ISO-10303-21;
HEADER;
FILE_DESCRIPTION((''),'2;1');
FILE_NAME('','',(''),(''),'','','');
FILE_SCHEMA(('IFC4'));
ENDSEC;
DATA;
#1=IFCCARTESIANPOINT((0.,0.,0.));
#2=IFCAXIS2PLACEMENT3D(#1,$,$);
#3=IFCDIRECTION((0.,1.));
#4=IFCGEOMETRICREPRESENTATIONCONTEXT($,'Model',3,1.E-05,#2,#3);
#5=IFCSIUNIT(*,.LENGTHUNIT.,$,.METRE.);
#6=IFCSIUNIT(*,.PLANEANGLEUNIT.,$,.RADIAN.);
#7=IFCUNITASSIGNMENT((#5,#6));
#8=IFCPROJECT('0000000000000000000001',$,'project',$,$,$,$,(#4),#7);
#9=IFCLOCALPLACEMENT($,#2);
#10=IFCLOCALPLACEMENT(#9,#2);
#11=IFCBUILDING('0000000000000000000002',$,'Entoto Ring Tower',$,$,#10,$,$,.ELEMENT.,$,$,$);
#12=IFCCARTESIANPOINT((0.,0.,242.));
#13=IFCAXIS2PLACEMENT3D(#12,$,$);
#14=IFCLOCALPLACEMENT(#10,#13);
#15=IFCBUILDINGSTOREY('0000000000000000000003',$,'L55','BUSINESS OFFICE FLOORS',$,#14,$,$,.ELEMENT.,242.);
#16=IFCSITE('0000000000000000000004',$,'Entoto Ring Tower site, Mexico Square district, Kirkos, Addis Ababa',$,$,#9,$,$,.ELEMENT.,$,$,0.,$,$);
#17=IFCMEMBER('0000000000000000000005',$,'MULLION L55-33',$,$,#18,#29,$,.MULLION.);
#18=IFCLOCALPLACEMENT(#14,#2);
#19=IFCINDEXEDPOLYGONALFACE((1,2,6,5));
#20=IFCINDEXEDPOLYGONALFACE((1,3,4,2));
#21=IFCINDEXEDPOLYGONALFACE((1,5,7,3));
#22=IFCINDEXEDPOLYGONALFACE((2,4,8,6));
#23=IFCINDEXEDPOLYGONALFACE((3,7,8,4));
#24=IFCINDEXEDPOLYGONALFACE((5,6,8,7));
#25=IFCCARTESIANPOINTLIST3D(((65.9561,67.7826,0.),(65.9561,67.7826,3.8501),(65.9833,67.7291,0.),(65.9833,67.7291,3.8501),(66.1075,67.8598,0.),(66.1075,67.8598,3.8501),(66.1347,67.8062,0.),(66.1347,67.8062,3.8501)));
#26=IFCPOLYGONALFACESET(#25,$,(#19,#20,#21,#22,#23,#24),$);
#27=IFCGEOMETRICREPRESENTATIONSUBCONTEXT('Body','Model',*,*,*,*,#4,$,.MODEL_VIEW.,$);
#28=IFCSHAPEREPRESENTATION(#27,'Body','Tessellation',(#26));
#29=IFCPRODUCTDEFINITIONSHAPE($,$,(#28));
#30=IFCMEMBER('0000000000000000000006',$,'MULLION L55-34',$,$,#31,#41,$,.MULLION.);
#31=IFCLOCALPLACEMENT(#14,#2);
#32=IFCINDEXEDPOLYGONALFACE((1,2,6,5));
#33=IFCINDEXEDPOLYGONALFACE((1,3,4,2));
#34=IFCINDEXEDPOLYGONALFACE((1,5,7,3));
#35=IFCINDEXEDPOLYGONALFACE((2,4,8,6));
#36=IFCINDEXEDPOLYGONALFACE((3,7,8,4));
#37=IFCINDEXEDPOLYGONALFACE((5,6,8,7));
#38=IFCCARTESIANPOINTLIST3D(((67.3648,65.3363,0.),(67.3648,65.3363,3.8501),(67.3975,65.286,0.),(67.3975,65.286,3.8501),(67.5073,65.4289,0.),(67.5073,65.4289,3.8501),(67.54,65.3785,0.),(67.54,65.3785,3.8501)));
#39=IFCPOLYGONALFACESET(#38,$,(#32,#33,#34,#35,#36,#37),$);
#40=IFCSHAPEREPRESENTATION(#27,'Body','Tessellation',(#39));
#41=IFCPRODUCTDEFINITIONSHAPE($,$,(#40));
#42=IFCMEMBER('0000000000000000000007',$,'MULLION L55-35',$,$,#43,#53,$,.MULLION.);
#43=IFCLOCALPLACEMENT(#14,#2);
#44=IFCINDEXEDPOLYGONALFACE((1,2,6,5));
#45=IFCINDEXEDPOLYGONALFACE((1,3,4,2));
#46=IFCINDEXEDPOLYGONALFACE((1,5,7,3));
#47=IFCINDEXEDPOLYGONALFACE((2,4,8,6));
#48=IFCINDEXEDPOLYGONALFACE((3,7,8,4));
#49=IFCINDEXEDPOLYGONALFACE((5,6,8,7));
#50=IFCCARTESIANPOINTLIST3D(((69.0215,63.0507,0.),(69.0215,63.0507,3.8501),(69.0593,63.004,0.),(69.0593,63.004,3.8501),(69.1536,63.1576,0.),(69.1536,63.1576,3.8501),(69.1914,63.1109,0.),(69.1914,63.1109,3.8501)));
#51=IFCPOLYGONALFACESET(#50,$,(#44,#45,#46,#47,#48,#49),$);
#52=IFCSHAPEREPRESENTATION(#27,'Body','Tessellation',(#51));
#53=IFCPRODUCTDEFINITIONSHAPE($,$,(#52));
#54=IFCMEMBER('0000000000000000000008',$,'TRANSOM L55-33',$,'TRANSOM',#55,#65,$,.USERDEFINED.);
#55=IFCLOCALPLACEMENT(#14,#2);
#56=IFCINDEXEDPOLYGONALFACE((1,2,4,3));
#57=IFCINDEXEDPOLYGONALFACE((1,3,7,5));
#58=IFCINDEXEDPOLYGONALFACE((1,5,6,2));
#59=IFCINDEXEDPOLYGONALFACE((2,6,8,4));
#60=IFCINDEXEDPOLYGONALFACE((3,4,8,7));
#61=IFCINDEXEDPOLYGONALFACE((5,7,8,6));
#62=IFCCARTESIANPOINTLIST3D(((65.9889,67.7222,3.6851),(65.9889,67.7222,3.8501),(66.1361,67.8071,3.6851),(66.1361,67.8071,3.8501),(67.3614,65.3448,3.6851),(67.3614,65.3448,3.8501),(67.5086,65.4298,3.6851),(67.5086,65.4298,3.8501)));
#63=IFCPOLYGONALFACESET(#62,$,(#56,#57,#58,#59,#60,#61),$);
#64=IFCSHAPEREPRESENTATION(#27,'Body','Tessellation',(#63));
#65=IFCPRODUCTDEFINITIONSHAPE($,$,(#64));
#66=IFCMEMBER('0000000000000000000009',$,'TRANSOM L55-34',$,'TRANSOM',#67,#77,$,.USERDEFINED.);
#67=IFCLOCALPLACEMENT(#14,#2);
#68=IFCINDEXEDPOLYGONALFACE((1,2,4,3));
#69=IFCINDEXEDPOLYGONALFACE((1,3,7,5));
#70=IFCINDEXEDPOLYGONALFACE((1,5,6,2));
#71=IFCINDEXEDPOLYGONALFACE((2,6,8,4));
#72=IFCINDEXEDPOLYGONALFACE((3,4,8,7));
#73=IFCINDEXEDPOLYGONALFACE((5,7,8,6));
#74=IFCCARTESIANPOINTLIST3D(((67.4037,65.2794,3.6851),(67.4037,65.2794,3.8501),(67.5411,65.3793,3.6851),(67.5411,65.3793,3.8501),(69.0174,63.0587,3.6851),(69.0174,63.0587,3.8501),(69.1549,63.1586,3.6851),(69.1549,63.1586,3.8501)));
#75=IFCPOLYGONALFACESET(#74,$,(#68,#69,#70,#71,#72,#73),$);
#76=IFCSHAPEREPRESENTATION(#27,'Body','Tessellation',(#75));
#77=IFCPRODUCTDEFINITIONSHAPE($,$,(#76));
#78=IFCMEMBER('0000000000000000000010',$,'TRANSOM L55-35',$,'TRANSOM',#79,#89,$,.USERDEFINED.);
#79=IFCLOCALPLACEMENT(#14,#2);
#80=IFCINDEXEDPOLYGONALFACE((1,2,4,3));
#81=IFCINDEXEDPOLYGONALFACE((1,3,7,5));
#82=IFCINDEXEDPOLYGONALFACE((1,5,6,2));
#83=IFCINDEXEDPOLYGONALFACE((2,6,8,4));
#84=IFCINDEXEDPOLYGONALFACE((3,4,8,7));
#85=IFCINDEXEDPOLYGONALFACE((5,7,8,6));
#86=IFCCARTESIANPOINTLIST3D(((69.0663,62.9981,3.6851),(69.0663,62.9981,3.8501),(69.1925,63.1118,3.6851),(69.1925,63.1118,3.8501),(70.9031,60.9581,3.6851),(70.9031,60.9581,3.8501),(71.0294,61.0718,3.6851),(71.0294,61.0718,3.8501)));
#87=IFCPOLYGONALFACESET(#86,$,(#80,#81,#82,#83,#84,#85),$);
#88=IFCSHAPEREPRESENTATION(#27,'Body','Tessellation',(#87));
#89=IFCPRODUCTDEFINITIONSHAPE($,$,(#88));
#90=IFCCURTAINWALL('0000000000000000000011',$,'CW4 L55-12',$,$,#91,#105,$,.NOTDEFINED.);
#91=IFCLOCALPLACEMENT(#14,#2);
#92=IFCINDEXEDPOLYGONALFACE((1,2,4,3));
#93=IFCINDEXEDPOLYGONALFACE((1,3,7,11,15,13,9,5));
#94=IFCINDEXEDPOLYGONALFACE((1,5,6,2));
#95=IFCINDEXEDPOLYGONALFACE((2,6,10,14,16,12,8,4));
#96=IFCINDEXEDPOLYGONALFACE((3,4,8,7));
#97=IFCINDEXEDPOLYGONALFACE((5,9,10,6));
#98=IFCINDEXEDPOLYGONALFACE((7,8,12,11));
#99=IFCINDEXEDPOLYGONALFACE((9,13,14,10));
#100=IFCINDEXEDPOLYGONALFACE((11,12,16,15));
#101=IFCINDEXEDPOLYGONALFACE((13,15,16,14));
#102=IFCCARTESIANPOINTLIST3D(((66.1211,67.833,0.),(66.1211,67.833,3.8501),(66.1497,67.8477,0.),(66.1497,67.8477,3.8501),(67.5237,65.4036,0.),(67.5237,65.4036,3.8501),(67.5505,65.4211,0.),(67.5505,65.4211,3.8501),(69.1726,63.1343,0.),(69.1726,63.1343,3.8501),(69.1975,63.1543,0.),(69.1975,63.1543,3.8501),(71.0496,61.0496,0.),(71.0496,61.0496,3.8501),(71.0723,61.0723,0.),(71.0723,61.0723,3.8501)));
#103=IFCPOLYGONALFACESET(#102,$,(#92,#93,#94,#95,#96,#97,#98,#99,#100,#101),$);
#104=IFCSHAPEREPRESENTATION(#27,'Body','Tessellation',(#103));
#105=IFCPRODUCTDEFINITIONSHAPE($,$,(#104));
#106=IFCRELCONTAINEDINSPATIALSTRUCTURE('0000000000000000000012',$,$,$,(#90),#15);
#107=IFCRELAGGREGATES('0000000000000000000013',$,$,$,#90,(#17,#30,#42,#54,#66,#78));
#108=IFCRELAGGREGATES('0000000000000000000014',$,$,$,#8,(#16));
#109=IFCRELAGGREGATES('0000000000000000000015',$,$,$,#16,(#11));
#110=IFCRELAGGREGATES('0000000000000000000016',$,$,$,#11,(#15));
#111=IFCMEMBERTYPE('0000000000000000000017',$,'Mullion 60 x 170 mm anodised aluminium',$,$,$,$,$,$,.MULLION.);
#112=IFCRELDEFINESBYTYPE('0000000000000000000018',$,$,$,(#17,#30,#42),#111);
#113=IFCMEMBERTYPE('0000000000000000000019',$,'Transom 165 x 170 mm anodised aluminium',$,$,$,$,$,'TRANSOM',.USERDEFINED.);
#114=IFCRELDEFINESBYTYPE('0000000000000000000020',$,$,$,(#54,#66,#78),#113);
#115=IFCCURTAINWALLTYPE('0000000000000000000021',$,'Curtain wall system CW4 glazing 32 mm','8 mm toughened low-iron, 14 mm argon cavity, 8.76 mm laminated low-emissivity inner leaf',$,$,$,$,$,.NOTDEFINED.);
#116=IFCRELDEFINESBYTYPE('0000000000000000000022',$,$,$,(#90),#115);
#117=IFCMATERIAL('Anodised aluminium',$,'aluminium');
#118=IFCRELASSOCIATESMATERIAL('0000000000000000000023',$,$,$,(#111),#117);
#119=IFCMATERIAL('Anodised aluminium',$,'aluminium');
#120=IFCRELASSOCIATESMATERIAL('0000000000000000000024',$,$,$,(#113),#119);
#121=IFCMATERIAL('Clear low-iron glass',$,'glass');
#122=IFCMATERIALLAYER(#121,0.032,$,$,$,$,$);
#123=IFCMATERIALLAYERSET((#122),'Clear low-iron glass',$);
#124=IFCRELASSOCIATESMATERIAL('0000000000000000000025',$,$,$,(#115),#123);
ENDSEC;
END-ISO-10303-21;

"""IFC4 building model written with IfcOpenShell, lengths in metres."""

from ifc_helpers import new_model, si_unit, direction, frame, origin, origin_2d, place, context, subcontext, project, spatial, polyline, rectangle, outline, extrude, material, layer, layer_set, material_profile, profile_set, type_object, element, aggregate, save


model = new_model("IFC4")

# Units and contexts
model_context = context("Model", 3, precision=1e-05, world=origin(), true_north=direction((0.0, 1.0)))
body_context = subcontext(model_context, "Body", "Model", "MODEL_VIEW")
ifc_project = project(units=[si_unit("LENGTHUNIT", "METRE"), si_unit("PLANEANGLEUNIT", "RADIAN")], contexts=[model_context])

# Members
ifc_material_1 = material(Name="Anodised aluminium", Category="aluminium")
ifc_material_profile_1 = material_profile(ifc_material_1, rectangle(XDim=0.0601, YDim=0.1699, at=origin_2d()), Name="Mullion 60 x 170 mm anodised aluminium")
ifc_profile_set_1 = profile_set([ifc_material_profile_1], Name="Anodised aluminium")
member_type_1 = type_object("IfcMemberType", Name="Mullion 60 x 170 mm anodised aluminium", PredefinedType="MULLION", material=ifc_profile_set_1)
site_placement = place(None, origin())
building_placement = place(site_placement, origin())
storey_placement = place(building_placement, frame((0.0, 0.0, 242.0)))
member_1_placement = place(storey_placement, frame((66.0454, 67.7944, 0.0), z_axis=(0.0, 0.0, 1.0), x_axis=(0.45399, -0.891007, 0.0)))
member_1 = element("IfcMember", 1, at=member_1_placement, type_object=member_type_1, Name="MULLION L55-33", PredefinedType="MULLION", context=body_context, shape_type="SweptSolid", body=[
    extrude(rectangle(XDim=0.0601, YDim=0.1699, at=origin_2d()), origin(), (0.0, 0.0, 1.0), 3.8501),
])
member_2_placement = place(storey_placement, frame((67.4524, 65.3574, 0.0), z_axis=(0.0, 0.0, 1.0), x_axis=(0.544639, -0.838671, 0.0)))
member_2 = element("IfcMember", 2, at=member_2_placement, type_object=member_type_1, Name="MULLION L55-34", PredefinedType="MULLION", context=body_context, shape_type="SweptSolid", body=[
    extrude(rectangle(XDim=0.0601, YDim=0.1699, at=origin_2d()), origin(), (0.0, 0.0, 1.0), 3.8501),
])
member_3_placement = place(storey_placement, frame((69.1064, 63.0808, 0.0), z_axis=(0.0, 0.0, 1.0), x_axis=(0.62932, -0.777146, 0.0)))
member_3 = element("IfcMember", 3, at=member_3_placement, type_object=member_type_1, Name="MULLION L55-35", PredefinedType="MULLION", context=body_context, shape_type="SweptSolid", body=[
    extrude(rectangle(XDim=0.0601, YDim=0.1699, at=origin_2d()), origin(), (0.0, 0.0, 1.0), 3.8501),
])
ifc_material_2 = material(Name="Anodised aluminium", Category="aluminium")
ifc_material_profile_2 = material_profile(ifc_material_2, rectangle(XDim=0.1699, YDim=0.165, at=origin_2d()), Name="Transom 165 x 170 mm anodised aluminium")
ifc_profile_set_2 = profile_set([ifc_material_profile_2], Name="Anodised aluminium")
member_type_2 = type_object("IfcMemberType", Name="Transom 165 x 170 mm anodised aluminium", ElementType="TRANSOM", PredefinedType="USERDEFINED", material=ifc_profile_set_2)
member_4_placement = place(storey_placement, frame((66.0625, 67.7646, 3.7676), z_axis=(0.499984, -0.866035, 0.0), x_axis=(0.866035, 0.499984, 0.0)))
member_4 = element("IfcMember", 4, at=member_4_placement, type_object=member_type_2, Name="TRANSOM L55-33", ObjectType="TRANSOM", PredefinedType="USERDEFINED", context=body_context, shape_type="SweptSolid", body=[
    extrude(rectangle(XDim=0.1699, YDim=0.165, at=origin_2d()), origin(), (0.0, 0.0, 1.0), 2.7451),
])
member_5_placement = place(storey_placement, frame((67.4724, 65.3293, 3.7676), z_axis=(0.587865, -0.808959, 0.0), x_axis=(0.808959, 0.587865, 0.0)))
member_5 = element("IfcMember", 5, at=member_5_placement, type_object=member_type_2, Name="TRANSOM L55-34", ObjectType="TRANSOM", PredefinedType="USERDEFINED", context=body_context, shape_type="SweptSolid", body=[
    extrude(rectangle(XDim=0.1699, YDim=0.165, at=origin_2d()), origin(), (0.0, 0.0, 1.0), 2.7451),
])
member_6_placement = place(storey_placement, frame((69.1294, 63.0549, 3.7676), z_axis=(0.669142, -0.743135, 0.0), x_axis=(0.743135, 0.669142, 0.0)))
member_6 = element("IfcMember", 6, at=member_6_placement, type_object=member_type_2, Name="TRANSOM L55-35", ObjectType="TRANSOM", PredefinedType="USERDEFINED", context=body_context, shape_type="SweptSolid", body=[
    extrude(rectangle(XDim=0.1699, YDim=0.165, at=origin_2d()), origin(), (0.0, 0.0, 1.0), 2.7451),
])

# Site, building, storey
site = spatial("IfcSite", under=ifc_project, at=site_placement, Name="Entoto Ring Tower site, Mexico Square district, Kirkos, Addis Ababa", CompositionType="ELEMENT", RefElevation=0.0)
building = spatial("IfcBuilding", under=site, at=building_placement, Name="Entoto Ring Tower", CompositionType="ELEMENT")
storey = spatial("IfcBuildingStorey", under=building, at=storey_placement, Name="L55", Description="BUSINESS OFFICE FLOORS", CompositionType="ELEMENT", Elevation=242.0)

# Curtain wall
ifc_material_3 = material(Name="Clear low-iron glass", Category="glass")
ifc_layer = layer(ifc_material_3, 0.032)
ifc_layer_set = layer_set([ifc_layer], Name="Clear low-iron glass")
curtain_wall_type = type_object("IfcCurtainWallType", Name="Curtain wall system CW4 glazing 32 mm", Description="8 mm toughened low-iron, 14 mm argon cavity, 8.76 mm laminated low-emissivity inner leaf", PredefinedType="NOTDEFINED", material=ifc_layer_set)
curtain_wall_1_placement = place(storey_placement, origin())
curtain_wall_1 = element("IfcCurtainWall", 7, at=curtain_wall_1_placement, inside=storey, type_object=curtain_wall_type, Name="CW4 L55-12", PredefinedType="NOTDEFINED", context=body_context, shape_type="SweptSolid", body=[
    extrude(outline(polyline([(66.1211, 67.833), (67.5237, 65.4036), (69.1726, 63.1343), (71.0496, 61.0496), (71.0723, 61.0723), (69.1975, 63.1543), (67.5505, 65.4211), (66.1497, 67.8477), (66.1211, 67.833)])), origin(), (0.0, 0.0, 1.0), 3.8501),
])
aggregate(curtain_wall_1, [member_1, member_2, member_3, member_4, member_5, member_6])

save(model, "model.ifc")
